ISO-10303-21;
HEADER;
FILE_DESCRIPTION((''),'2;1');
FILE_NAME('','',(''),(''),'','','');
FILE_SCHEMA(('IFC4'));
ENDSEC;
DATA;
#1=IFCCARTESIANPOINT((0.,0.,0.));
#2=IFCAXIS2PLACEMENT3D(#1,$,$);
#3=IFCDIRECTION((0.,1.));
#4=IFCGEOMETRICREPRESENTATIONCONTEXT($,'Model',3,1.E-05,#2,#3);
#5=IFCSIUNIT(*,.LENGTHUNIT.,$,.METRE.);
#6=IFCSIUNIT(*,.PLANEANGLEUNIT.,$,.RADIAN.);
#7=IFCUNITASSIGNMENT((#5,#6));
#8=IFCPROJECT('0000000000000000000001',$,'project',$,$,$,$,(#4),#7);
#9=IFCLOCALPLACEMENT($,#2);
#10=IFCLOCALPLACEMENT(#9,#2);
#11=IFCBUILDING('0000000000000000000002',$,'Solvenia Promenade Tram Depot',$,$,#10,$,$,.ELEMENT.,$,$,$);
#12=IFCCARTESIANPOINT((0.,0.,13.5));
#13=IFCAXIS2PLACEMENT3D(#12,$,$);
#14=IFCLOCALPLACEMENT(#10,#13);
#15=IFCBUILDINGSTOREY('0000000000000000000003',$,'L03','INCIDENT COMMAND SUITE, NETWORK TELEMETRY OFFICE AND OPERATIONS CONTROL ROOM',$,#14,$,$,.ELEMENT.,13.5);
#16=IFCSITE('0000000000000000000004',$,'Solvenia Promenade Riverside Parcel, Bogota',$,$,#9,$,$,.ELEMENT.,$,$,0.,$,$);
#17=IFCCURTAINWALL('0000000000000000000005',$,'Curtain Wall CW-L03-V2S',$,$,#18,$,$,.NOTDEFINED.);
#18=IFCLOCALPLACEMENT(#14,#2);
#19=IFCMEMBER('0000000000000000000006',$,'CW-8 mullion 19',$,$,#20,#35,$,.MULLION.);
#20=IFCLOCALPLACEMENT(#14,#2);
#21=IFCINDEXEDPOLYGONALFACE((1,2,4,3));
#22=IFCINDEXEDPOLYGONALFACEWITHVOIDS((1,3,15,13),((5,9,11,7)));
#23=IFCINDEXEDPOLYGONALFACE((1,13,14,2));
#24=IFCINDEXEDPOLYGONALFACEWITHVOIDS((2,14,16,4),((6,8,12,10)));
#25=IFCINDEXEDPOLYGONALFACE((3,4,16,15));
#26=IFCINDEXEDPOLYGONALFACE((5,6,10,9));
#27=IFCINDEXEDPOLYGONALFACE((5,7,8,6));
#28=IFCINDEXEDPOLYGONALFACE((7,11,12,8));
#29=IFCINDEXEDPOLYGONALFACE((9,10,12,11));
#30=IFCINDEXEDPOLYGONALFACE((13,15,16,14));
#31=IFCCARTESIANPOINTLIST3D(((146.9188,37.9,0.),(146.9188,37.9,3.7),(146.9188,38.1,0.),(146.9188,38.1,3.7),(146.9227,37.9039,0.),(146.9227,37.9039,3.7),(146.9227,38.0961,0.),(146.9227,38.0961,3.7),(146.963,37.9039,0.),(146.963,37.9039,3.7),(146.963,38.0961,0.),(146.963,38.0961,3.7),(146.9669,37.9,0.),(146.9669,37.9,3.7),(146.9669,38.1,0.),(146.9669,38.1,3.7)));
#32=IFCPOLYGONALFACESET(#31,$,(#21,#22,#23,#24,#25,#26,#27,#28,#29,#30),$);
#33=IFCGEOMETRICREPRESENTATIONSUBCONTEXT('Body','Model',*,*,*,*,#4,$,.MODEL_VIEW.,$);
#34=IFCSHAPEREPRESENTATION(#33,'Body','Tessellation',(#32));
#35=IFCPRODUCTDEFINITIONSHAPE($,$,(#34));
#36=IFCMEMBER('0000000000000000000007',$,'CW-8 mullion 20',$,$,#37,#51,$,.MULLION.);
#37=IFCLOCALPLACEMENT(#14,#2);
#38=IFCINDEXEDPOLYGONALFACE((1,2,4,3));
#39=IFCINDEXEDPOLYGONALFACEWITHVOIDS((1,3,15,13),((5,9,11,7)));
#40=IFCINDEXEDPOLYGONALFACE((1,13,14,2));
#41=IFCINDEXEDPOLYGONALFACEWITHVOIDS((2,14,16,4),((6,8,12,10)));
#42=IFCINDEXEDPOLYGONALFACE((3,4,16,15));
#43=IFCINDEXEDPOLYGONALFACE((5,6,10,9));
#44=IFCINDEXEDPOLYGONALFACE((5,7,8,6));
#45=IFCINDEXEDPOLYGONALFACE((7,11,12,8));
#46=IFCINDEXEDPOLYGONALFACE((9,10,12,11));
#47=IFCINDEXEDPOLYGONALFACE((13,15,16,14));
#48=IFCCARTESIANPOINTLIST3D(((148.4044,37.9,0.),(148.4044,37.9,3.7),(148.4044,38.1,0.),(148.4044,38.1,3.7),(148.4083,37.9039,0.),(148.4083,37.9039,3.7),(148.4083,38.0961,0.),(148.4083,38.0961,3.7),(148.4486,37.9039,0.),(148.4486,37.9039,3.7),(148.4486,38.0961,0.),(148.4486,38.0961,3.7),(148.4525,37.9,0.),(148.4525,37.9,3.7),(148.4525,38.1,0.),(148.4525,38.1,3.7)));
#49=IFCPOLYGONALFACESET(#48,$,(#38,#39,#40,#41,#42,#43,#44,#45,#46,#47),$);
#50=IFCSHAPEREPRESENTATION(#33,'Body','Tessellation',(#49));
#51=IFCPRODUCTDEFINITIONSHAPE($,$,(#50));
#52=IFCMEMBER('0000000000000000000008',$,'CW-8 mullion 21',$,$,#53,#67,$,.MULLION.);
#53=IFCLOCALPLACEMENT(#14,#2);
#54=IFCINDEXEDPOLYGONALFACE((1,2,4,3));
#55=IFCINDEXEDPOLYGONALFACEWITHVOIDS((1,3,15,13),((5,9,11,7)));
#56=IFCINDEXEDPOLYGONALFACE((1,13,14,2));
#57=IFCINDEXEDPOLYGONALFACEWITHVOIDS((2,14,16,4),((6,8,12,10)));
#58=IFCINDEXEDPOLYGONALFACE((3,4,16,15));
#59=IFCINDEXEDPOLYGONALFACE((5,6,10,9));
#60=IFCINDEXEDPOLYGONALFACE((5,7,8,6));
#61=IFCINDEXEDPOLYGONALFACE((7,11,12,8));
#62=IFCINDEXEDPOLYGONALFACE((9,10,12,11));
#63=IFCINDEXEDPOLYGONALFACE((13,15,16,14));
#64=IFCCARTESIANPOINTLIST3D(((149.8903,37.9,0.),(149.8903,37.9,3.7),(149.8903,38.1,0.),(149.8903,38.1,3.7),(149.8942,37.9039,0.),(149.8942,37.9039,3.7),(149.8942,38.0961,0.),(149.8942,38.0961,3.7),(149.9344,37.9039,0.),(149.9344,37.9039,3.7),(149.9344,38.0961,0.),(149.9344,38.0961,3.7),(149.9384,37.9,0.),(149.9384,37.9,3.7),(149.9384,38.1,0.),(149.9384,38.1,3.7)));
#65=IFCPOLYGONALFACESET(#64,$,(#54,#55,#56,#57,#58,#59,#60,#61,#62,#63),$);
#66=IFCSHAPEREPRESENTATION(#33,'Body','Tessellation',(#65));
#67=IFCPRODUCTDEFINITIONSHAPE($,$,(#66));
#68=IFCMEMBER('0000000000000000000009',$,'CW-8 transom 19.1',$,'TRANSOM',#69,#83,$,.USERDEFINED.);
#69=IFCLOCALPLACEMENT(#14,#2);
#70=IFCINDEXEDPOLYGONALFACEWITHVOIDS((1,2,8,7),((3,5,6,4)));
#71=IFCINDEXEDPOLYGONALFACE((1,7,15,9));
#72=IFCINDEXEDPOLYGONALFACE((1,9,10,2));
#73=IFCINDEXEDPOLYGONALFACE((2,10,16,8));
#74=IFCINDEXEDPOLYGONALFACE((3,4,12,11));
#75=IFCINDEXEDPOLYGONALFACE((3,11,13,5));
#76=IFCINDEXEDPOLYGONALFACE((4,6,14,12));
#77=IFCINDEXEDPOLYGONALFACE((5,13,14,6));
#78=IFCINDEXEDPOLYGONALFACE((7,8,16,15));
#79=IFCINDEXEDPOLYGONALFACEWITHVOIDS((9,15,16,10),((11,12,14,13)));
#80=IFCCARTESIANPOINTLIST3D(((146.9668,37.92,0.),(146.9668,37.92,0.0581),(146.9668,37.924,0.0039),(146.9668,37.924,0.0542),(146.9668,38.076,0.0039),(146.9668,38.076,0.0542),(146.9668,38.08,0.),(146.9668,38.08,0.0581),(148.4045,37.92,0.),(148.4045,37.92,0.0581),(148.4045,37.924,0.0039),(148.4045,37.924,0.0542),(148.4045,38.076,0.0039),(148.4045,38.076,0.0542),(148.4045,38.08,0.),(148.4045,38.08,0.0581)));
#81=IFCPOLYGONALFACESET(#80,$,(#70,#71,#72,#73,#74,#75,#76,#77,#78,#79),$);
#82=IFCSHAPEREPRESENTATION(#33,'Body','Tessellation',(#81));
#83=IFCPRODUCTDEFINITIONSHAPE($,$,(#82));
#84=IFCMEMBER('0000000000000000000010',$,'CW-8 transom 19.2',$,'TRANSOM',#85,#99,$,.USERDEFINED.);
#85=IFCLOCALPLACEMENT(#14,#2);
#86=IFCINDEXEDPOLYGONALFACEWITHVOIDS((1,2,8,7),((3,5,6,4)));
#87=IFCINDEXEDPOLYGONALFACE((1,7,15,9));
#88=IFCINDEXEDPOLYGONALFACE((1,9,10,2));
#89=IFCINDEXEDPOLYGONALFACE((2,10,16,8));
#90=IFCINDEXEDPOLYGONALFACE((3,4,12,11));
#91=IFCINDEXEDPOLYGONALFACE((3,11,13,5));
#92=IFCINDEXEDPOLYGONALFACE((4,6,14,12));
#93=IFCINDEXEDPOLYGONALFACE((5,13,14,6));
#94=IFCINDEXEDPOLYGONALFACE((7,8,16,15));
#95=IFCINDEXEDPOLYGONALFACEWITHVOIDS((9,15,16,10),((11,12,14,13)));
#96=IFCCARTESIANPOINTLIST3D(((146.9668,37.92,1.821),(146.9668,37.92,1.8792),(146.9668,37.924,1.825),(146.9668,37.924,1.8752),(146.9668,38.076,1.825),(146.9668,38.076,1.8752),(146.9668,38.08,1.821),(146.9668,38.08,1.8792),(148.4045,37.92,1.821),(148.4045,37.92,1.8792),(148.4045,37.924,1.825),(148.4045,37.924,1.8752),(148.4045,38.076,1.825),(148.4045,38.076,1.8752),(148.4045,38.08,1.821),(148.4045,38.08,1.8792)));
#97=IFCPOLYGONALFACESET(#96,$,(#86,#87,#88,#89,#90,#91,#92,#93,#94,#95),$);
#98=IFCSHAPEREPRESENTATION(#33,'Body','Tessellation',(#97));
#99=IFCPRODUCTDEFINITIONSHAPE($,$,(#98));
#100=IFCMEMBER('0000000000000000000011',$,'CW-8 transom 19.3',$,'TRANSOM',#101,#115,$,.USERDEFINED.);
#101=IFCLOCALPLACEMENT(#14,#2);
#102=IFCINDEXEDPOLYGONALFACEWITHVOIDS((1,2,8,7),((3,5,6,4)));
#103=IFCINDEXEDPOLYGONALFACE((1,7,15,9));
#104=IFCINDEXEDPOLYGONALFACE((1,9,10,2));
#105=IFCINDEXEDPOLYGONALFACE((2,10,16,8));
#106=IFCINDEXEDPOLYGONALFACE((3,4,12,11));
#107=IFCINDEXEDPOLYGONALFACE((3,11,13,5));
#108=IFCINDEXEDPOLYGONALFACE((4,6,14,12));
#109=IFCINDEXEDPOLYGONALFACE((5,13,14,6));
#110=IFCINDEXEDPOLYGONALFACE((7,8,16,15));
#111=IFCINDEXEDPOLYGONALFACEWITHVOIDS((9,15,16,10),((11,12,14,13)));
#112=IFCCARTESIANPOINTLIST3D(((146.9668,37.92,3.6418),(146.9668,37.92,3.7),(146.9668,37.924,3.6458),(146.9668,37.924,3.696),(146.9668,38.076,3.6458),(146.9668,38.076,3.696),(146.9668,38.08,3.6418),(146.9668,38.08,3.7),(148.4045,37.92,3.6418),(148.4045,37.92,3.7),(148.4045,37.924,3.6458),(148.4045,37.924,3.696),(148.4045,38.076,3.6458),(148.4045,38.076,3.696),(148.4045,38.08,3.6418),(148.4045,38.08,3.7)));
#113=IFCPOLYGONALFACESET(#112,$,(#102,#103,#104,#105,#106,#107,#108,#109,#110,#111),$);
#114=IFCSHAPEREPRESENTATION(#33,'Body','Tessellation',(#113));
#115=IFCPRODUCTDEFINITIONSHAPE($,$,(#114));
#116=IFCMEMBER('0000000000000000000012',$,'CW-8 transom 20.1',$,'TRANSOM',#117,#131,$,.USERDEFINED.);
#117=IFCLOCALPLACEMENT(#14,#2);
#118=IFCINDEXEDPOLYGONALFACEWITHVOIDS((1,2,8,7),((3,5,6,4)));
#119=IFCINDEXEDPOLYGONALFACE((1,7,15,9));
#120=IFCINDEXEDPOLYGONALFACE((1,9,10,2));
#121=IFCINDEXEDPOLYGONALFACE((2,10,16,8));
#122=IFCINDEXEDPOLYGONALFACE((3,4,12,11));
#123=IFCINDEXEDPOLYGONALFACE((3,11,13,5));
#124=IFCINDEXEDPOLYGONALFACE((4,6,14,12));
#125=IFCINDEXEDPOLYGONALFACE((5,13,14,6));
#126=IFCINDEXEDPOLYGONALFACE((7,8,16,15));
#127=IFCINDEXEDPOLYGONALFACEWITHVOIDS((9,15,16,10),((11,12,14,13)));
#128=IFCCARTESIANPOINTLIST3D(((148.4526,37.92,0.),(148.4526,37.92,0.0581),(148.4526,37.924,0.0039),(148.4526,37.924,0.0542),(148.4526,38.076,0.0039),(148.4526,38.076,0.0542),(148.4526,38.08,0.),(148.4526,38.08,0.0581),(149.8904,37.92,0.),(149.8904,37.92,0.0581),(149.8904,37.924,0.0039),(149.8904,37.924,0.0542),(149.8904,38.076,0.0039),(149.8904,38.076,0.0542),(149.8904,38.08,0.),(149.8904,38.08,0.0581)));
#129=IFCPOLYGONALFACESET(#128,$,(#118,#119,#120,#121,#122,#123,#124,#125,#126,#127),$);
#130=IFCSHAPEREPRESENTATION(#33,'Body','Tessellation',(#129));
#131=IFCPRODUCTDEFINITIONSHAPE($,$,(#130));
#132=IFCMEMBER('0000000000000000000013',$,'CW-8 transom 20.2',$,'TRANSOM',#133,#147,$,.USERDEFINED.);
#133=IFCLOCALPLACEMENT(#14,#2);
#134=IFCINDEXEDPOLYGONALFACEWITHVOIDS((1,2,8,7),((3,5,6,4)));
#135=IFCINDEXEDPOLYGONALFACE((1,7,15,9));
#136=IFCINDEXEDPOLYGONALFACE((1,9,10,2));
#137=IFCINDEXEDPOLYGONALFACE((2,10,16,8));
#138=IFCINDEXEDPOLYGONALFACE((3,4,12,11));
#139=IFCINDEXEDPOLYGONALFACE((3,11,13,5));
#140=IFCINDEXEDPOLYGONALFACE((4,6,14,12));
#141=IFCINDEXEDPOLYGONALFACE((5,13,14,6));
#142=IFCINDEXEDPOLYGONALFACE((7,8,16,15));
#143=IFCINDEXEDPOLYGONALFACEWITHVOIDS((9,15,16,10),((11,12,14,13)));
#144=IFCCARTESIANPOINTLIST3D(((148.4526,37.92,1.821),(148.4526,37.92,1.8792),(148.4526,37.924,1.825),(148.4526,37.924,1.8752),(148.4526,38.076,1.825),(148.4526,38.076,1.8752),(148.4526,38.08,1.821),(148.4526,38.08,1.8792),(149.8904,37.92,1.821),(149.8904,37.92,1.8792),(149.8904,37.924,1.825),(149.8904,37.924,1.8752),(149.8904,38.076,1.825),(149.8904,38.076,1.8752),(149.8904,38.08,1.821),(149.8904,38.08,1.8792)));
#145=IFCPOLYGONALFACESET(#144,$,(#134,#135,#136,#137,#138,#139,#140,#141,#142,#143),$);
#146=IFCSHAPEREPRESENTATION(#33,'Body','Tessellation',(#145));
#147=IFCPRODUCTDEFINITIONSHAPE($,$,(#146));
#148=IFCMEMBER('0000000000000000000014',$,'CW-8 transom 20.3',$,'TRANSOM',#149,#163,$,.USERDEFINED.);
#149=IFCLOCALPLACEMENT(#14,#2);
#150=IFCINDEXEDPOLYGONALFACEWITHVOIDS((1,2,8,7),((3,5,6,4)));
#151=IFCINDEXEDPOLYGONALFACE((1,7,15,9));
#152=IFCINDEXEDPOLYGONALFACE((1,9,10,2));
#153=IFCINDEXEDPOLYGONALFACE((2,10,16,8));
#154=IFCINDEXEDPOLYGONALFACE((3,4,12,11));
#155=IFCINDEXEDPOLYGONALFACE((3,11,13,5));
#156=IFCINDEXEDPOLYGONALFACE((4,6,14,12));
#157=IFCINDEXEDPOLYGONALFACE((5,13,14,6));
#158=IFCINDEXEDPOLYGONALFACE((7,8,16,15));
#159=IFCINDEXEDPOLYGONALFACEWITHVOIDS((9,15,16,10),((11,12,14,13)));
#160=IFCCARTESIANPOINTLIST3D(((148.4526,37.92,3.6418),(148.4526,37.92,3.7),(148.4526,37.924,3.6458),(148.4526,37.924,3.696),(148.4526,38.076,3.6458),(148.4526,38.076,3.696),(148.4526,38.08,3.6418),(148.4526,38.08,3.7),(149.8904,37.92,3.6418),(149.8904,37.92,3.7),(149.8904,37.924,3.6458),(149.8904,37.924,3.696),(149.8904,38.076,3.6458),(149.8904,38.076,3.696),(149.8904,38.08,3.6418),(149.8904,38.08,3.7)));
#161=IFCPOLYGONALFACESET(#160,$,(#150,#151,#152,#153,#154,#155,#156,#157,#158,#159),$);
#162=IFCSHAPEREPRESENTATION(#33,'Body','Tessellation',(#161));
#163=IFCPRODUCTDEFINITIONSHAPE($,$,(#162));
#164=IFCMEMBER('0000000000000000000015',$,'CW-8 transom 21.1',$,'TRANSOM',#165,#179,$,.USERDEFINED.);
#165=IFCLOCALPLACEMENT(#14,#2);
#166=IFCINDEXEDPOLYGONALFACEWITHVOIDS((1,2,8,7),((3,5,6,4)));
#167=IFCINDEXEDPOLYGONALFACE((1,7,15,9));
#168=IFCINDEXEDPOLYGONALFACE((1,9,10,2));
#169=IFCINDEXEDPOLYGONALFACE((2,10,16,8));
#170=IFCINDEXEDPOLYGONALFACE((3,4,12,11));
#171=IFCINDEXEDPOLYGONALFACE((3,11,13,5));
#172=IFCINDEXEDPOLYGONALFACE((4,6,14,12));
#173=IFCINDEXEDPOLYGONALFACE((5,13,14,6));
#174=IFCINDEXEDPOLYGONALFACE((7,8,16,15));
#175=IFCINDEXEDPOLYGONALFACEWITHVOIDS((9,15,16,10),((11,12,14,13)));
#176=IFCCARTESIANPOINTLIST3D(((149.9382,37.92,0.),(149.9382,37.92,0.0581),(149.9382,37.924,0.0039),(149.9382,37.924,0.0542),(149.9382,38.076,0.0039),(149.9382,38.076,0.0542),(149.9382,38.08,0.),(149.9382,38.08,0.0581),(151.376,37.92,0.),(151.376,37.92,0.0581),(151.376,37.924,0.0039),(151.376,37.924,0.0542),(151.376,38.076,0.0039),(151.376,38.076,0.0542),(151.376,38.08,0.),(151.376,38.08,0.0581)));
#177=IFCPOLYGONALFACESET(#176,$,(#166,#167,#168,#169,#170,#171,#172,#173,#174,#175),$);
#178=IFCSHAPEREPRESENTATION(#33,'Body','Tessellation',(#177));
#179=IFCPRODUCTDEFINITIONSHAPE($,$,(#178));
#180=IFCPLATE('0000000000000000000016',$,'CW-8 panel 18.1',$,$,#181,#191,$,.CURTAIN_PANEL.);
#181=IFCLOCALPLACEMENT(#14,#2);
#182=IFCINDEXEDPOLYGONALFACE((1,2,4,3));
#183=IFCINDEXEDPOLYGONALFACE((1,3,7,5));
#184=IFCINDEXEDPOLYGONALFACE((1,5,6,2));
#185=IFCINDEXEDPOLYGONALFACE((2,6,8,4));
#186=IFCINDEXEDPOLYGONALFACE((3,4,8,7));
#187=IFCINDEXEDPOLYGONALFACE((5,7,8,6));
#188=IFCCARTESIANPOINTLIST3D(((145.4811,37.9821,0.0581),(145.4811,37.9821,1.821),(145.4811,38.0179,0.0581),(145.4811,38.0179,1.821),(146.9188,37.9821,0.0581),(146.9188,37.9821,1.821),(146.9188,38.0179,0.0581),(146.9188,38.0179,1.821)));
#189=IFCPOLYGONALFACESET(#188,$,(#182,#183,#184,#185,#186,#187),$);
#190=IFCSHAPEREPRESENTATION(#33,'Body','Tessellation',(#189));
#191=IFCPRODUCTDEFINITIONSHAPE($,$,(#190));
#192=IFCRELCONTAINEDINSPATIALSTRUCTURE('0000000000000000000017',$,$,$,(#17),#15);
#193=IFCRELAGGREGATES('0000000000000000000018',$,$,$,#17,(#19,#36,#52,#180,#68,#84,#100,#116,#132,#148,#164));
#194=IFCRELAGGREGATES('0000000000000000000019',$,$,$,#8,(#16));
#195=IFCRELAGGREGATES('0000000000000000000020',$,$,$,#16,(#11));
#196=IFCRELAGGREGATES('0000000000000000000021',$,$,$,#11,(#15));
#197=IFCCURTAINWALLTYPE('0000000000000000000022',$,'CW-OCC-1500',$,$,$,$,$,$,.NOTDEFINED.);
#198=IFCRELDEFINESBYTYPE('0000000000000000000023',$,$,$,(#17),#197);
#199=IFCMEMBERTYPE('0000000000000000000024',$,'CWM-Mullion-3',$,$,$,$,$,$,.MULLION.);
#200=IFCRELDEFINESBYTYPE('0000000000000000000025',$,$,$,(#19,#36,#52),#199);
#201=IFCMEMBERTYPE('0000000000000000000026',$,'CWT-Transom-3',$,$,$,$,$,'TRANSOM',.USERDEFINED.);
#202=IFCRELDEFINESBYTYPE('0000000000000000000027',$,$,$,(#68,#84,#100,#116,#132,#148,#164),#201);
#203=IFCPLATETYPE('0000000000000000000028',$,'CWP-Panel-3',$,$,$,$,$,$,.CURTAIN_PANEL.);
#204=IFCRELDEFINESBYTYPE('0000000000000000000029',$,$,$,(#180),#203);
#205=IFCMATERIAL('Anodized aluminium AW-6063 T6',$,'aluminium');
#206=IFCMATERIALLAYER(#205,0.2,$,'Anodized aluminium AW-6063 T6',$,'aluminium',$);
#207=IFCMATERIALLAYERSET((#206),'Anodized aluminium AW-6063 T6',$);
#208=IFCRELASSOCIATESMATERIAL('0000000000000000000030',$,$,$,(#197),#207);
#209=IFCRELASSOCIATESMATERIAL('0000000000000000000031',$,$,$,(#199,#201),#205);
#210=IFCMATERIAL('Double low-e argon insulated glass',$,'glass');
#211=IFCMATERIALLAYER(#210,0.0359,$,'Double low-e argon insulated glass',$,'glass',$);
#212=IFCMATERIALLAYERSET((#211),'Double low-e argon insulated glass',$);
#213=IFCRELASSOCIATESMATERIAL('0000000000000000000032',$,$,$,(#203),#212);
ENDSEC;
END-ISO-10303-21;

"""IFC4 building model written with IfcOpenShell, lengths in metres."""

from ifc_helpers import new_model, si_unit, direction, frame, origin, origin_2d, place, context, subcontext, project, spatial, rectangle, hollow_rectangle, extrude, material, layer, layer_set, material_profile, profile_set, type_object, element, aggregate, save


model = new_model("IFC4")

# Units and contexts
model_context = context("Model", 3, precision=1e-05, world=origin(), true_north=direction((0.0, 1.0)))
body_context = subcontext(model_context, "Body", "Model", "MODEL_VIEW")
ifc_project = project(units=[si_unit("LENGTHUNIT", "METRE"), si_unit("PLANEANGLEUNIT", "RADIAN")], contexts=[model_context])

# Site, building, storey
site_placement = place(None, origin())
site = spatial("IfcSite", under=ifc_project, at=site_placement, Name="Solvenia Promenade Riverside Parcel, Bogota", CompositionType="ELEMENT", RefElevation=0.0)
building_placement = place(site_placement, origin())
building = spatial("IfcBuilding", under=site, at=building_placement, Name="Solvenia Promenade Tram Depot", CompositionType="ELEMENT")
storey_placement = place(building_placement, frame((0.0, 0.0, 13.5)))
storey = spatial("IfcBuildingStorey", under=building, at=storey_placement, Name="L03", Description="INCIDENT COMMAND SUITE, NETWORK TELEMETRY OFFICE AND OPERATIONS CONTROL ROOM", CompositionType="ELEMENT", Elevation=13.5)

# Curtain wall, members, plate
ifc_material_1 = material(Name="Anodized aluminium AW-6063 T6", Category="aluminium")
ifc_layer_1 = layer(ifc_material_1, 0.2, Name="Anodized aluminium AW-6063 T6", Category="aluminium")
ifc_layer_set_1 = layer_set([ifc_layer_1], Name="Anodized aluminium AW-6063 T6")
curtain_wall_type = type_object("IfcCurtainWallType", Name="CW-OCC-1500", PredefinedType="NOTDEFINED", material=ifc_layer_set_1)
curtain_wall_placement = place(storey_placement, origin())
curtain_wall = element("IfcCurtainWall", 1, at=curtain_wall_placement, inside=storey, type_object=curtain_wall_type, Name="Curtain Wall CW-L03-V2S", PredefinedType="NOTDEFINED")
ifc_material_profile_1 = material_profile(ifc_material_1, hollow_rectangle(XDim=0.2, YDim=0.0481, WallThickness=0.0039, at=origin_2d()), Name="ALU-M3", Category="aluminium")
ifc_profile_set_1 = profile_set([ifc_material_profile_1], Name="Anodized aluminium AW-6063 T6")
member_type_1 = type_object("IfcMemberType", Name="CWM-Mullion-3", PredefinedType="MULLION", material=ifc_profile_set_1)
member_1_placement = place(storey_placement, frame((146.9429, 38.0, 0.0), z_axis=(0.0, 0.0, 1.0), x_axis=(0.0, 1.0, 0.0)))
member_1 = element("IfcMember", 2, at=member_1_placement, type_object=member_type_1, Name="CW-8 mullion 19", PredefinedType="MULLION", context=body_context, shape_type="SweptSolid", body=[
    extrude(hollow_rectangle(XDim=0.2, YDim=0.0481, WallThickness=0.0039, at=origin_2d()), origin(), (0.0, 0.0, 1.0), 3.7),
])
member_2_placement = place(storey_placement, frame((148.4285, 38.0, 0.0), z_axis=(0.0, 0.0, 1.0), x_axis=(0.0, 1.0, 0.0)))
member_2 = element("IfcMember", 3, at=member_2_placement, type_object=member_type_1, Name="CW-8 mullion 20", PredefinedType="MULLION", context=body_context, shape_type="SweptSolid", body=[
    extrude(hollow_rectangle(XDim=0.2, YDim=0.0481, WallThickness=0.0039, at=origin_2d()), origin(), (0.0, 0.0, 1.0), 3.7),
])
member_3_placement = place(storey_placement, frame((149.9143, 38.0, 0.0), z_axis=(0.0, 0.0, 1.0), x_axis=(0.0, 1.0, 0.0)))
member_3 = element("IfcMember", 4, at=member_3_placement, type_object=member_type_1, Name="CW-8 mullion 21", PredefinedType="MULLION", context=body_context, shape_type="SweptSolid", body=[
    extrude(hollow_rectangle(XDim=0.2, YDim=0.0481, WallThickness=0.0039, at=origin_2d()), origin(), (0.0, 0.0, 1.0), 3.7),
])
ifc_material_profile_2 = material_profile(ifc_material_1, hollow_rectangle(XDim=0.1599, YDim=0.0581, WallThickness=0.0039, at=origin_2d()), Name="ALU-T3", Category="aluminium")
ifc_profile_set_2 = profile_set([ifc_material_profile_2], Name="Anodized aluminium AW-6063 T6")
member_type_2 = type_object("IfcMemberType", Name="CWT-Transom-3", ElementType="TRANSOM", PredefinedType="USERDEFINED", material=ifc_profile_set_2)
member_4_placement = place(storey_placement, frame((146.9668, 38.0, 0.0291), z_axis=(1.0, 0.0, 0.0), x_axis=(0.0, 1.0, 0.0)))
member_4 = element("IfcMember", 5, at=member_4_placement, type_object=member_type_2, Name="CW-8 transom 19.1", ObjectType="TRANSOM", PredefinedType="USERDEFINED", context=body_context, shape_type="SweptSolid", body=[
    extrude(hollow_rectangle(XDim=0.1599, YDim=0.0581, WallThickness=0.0039, at=origin_2d()), origin(), (0.0, 0.0, 1.0), 1.4377),
])
member_5_placement = place(storey_placement, frame((146.9668, 38.0, 1.8501), z_axis=(1.0, 0.0, 0.0), x_axis=(0.0, 1.0, 0.0)))
member_5 = element("IfcMember", 6, at=member_5_placement, type_object=member_type_2, Name="CW-8 transom 19.2", ObjectType="TRANSOM", PredefinedType="USERDEFINED", context=body_context, shape_type="SweptSolid", body=[
    extrude(hollow_rectangle(XDim=0.1599, YDim=0.0581, WallThickness=0.0039, at=origin_2d()), origin(), (0.0, 0.0, 1.0), 1.4377),
])
member_6_placement = place(storey_placement, frame((146.9668, 38.0, 3.6709), z_axis=(1.0, 0.0, 0.0), x_axis=(0.0, 1.0, 0.0)))
member_6 = element("IfcMember", 7, at=member_6_placement, type_object=member_type_2, Name="CW-8 transom 19.3", ObjectType="TRANSOM", PredefinedType="USERDEFINED", context=body_context, shape_type="SweptSolid", body=[
    extrude(hollow_rectangle(XDim=0.1599, YDim=0.0581, WallThickness=0.0039, at=origin_2d()), origin(), (0.0, 0.0, 1.0), 1.4377),
])
member_7_placement = place(storey_placement, frame((148.4526, 38.0, 0.0291), z_axis=(1.0, 0.0, 0.0), x_axis=(0.0, 1.0, 0.0)))
member_7 = element("IfcMember", 8, at=member_7_placement, type_object=member_type_2, Name="CW-8 transom 20.1", ObjectType="TRANSOM", PredefinedType="USERDEFINED", context=body_context, shape_type="SweptSolid", body=[
    extrude(hollow_rectangle(XDim=0.1599, YDim=0.0581, WallThickness=0.0039, at=origin_2d()), origin(), (0.0, 0.0, 1.0), 1.4377),
])
member_8_placement = place(storey_placement, frame((148.4526, 38.0, 1.8501), z_axis=(1.0, 0.0, 0.0), x_axis=(0.0, 1.0, 0.0)))
member_8 = element("IfcMember", 9, at=member_8_placement, type_object=member_type_2, Name="CW-8 transom 20.2", ObjectType="TRANSOM", PredefinedType="USERDEFINED", context=body_context, shape_type="SweptSolid", body=[
    extrude(hollow_rectangle(XDim=0.1599, YDim=0.0581, WallThickness=0.0039, at=origin_2d()), origin(), (0.0, 0.0, 1.0), 1.4377),
])
member_9_placement = place(storey_placement, frame((148.4526, 38.0, 3.6709), z_axis=(1.0, 0.0, 0.0), x_axis=(0.0, 1.0, 0.0)))
member_9 = element("IfcMember", 10, at=member_9_placement, type_object=member_type_2, Name="CW-8 transom 20.3", ObjectType="TRANSOM", PredefinedType="USERDEFINED", context=body_context, shape_type="SweptSolid", body=[
    extrude(hollow_rectangle(XDim=0.1599, YDim=0.0581, WallThickness=0.0039, at=origin_2d()), origin(), (0.0, 0.0, 1.0), 1.4377),
])
member_10_placement = place(storey_placement, frame((149.9382, 38.0, 0.0291), z_axis=(1.0, 0.0, 0.0), x_axis=(0.0, 1.0, 0.0)))
member_10 = element("IfcMember", 11, at=member_10_placement, type_object=member_type_2, Name="CW-8 transom 21.1", ObjectType="TRANSOM", PredefinedType="USERDEFINED", context=body_context, shape_type="SweptSolid", body=[
    extrude(hollow_rectangle(XDim=0.1599, YDim=0.0581, WallThickness=0.0039, at=origin_2d()), origin(), (0.0, 0.0, 1.0), 1.4377),
])
ifc_material_2 = material(Name="Double low-e argon insulated glass", Category="glass")
ifc_layer_2 = layer(ifc_material_2, 0.0359, Name="Double low-e argon insulated glass", Category="glass")
ifc_layer_set_2 = layer_set([ifc_layer_2], Name="Double low-e argon insulated glass")
plate_type = type_object("IfcPlateType", Name="CWP-Panel-3", PredefinedType="CURTAIN_PANEL", material=ifc_layer_set_2)
plate_1_placement = place(storey_placement, frame((146.2, 38.0, 0.0581), z_axis=(0.0, 0.0, 1.0), x_axis=(1.0, 0.0, 0.0)))
plate_1 = element("IfcPlate", 12, at=plate_1_placement, type_object=plate_type, Name="CW-8 panel 18.1", PredefinedType="CURTAIN_PANEL", context=body_context, shape_type="SweptSolid", body=[
    extrude(rectangle(XDim=1.4377, YDim=0.0359, at=origin_2d()), origin(), (0.0, 0.0, 1.0), 1.7629),
])
aggregate(curtain_wall, [member_1, member_2, member_3, plate_1, member_4, member_5, member_6, member_7, member_8, member_9, member_10])

save(model, "model.ifc")
